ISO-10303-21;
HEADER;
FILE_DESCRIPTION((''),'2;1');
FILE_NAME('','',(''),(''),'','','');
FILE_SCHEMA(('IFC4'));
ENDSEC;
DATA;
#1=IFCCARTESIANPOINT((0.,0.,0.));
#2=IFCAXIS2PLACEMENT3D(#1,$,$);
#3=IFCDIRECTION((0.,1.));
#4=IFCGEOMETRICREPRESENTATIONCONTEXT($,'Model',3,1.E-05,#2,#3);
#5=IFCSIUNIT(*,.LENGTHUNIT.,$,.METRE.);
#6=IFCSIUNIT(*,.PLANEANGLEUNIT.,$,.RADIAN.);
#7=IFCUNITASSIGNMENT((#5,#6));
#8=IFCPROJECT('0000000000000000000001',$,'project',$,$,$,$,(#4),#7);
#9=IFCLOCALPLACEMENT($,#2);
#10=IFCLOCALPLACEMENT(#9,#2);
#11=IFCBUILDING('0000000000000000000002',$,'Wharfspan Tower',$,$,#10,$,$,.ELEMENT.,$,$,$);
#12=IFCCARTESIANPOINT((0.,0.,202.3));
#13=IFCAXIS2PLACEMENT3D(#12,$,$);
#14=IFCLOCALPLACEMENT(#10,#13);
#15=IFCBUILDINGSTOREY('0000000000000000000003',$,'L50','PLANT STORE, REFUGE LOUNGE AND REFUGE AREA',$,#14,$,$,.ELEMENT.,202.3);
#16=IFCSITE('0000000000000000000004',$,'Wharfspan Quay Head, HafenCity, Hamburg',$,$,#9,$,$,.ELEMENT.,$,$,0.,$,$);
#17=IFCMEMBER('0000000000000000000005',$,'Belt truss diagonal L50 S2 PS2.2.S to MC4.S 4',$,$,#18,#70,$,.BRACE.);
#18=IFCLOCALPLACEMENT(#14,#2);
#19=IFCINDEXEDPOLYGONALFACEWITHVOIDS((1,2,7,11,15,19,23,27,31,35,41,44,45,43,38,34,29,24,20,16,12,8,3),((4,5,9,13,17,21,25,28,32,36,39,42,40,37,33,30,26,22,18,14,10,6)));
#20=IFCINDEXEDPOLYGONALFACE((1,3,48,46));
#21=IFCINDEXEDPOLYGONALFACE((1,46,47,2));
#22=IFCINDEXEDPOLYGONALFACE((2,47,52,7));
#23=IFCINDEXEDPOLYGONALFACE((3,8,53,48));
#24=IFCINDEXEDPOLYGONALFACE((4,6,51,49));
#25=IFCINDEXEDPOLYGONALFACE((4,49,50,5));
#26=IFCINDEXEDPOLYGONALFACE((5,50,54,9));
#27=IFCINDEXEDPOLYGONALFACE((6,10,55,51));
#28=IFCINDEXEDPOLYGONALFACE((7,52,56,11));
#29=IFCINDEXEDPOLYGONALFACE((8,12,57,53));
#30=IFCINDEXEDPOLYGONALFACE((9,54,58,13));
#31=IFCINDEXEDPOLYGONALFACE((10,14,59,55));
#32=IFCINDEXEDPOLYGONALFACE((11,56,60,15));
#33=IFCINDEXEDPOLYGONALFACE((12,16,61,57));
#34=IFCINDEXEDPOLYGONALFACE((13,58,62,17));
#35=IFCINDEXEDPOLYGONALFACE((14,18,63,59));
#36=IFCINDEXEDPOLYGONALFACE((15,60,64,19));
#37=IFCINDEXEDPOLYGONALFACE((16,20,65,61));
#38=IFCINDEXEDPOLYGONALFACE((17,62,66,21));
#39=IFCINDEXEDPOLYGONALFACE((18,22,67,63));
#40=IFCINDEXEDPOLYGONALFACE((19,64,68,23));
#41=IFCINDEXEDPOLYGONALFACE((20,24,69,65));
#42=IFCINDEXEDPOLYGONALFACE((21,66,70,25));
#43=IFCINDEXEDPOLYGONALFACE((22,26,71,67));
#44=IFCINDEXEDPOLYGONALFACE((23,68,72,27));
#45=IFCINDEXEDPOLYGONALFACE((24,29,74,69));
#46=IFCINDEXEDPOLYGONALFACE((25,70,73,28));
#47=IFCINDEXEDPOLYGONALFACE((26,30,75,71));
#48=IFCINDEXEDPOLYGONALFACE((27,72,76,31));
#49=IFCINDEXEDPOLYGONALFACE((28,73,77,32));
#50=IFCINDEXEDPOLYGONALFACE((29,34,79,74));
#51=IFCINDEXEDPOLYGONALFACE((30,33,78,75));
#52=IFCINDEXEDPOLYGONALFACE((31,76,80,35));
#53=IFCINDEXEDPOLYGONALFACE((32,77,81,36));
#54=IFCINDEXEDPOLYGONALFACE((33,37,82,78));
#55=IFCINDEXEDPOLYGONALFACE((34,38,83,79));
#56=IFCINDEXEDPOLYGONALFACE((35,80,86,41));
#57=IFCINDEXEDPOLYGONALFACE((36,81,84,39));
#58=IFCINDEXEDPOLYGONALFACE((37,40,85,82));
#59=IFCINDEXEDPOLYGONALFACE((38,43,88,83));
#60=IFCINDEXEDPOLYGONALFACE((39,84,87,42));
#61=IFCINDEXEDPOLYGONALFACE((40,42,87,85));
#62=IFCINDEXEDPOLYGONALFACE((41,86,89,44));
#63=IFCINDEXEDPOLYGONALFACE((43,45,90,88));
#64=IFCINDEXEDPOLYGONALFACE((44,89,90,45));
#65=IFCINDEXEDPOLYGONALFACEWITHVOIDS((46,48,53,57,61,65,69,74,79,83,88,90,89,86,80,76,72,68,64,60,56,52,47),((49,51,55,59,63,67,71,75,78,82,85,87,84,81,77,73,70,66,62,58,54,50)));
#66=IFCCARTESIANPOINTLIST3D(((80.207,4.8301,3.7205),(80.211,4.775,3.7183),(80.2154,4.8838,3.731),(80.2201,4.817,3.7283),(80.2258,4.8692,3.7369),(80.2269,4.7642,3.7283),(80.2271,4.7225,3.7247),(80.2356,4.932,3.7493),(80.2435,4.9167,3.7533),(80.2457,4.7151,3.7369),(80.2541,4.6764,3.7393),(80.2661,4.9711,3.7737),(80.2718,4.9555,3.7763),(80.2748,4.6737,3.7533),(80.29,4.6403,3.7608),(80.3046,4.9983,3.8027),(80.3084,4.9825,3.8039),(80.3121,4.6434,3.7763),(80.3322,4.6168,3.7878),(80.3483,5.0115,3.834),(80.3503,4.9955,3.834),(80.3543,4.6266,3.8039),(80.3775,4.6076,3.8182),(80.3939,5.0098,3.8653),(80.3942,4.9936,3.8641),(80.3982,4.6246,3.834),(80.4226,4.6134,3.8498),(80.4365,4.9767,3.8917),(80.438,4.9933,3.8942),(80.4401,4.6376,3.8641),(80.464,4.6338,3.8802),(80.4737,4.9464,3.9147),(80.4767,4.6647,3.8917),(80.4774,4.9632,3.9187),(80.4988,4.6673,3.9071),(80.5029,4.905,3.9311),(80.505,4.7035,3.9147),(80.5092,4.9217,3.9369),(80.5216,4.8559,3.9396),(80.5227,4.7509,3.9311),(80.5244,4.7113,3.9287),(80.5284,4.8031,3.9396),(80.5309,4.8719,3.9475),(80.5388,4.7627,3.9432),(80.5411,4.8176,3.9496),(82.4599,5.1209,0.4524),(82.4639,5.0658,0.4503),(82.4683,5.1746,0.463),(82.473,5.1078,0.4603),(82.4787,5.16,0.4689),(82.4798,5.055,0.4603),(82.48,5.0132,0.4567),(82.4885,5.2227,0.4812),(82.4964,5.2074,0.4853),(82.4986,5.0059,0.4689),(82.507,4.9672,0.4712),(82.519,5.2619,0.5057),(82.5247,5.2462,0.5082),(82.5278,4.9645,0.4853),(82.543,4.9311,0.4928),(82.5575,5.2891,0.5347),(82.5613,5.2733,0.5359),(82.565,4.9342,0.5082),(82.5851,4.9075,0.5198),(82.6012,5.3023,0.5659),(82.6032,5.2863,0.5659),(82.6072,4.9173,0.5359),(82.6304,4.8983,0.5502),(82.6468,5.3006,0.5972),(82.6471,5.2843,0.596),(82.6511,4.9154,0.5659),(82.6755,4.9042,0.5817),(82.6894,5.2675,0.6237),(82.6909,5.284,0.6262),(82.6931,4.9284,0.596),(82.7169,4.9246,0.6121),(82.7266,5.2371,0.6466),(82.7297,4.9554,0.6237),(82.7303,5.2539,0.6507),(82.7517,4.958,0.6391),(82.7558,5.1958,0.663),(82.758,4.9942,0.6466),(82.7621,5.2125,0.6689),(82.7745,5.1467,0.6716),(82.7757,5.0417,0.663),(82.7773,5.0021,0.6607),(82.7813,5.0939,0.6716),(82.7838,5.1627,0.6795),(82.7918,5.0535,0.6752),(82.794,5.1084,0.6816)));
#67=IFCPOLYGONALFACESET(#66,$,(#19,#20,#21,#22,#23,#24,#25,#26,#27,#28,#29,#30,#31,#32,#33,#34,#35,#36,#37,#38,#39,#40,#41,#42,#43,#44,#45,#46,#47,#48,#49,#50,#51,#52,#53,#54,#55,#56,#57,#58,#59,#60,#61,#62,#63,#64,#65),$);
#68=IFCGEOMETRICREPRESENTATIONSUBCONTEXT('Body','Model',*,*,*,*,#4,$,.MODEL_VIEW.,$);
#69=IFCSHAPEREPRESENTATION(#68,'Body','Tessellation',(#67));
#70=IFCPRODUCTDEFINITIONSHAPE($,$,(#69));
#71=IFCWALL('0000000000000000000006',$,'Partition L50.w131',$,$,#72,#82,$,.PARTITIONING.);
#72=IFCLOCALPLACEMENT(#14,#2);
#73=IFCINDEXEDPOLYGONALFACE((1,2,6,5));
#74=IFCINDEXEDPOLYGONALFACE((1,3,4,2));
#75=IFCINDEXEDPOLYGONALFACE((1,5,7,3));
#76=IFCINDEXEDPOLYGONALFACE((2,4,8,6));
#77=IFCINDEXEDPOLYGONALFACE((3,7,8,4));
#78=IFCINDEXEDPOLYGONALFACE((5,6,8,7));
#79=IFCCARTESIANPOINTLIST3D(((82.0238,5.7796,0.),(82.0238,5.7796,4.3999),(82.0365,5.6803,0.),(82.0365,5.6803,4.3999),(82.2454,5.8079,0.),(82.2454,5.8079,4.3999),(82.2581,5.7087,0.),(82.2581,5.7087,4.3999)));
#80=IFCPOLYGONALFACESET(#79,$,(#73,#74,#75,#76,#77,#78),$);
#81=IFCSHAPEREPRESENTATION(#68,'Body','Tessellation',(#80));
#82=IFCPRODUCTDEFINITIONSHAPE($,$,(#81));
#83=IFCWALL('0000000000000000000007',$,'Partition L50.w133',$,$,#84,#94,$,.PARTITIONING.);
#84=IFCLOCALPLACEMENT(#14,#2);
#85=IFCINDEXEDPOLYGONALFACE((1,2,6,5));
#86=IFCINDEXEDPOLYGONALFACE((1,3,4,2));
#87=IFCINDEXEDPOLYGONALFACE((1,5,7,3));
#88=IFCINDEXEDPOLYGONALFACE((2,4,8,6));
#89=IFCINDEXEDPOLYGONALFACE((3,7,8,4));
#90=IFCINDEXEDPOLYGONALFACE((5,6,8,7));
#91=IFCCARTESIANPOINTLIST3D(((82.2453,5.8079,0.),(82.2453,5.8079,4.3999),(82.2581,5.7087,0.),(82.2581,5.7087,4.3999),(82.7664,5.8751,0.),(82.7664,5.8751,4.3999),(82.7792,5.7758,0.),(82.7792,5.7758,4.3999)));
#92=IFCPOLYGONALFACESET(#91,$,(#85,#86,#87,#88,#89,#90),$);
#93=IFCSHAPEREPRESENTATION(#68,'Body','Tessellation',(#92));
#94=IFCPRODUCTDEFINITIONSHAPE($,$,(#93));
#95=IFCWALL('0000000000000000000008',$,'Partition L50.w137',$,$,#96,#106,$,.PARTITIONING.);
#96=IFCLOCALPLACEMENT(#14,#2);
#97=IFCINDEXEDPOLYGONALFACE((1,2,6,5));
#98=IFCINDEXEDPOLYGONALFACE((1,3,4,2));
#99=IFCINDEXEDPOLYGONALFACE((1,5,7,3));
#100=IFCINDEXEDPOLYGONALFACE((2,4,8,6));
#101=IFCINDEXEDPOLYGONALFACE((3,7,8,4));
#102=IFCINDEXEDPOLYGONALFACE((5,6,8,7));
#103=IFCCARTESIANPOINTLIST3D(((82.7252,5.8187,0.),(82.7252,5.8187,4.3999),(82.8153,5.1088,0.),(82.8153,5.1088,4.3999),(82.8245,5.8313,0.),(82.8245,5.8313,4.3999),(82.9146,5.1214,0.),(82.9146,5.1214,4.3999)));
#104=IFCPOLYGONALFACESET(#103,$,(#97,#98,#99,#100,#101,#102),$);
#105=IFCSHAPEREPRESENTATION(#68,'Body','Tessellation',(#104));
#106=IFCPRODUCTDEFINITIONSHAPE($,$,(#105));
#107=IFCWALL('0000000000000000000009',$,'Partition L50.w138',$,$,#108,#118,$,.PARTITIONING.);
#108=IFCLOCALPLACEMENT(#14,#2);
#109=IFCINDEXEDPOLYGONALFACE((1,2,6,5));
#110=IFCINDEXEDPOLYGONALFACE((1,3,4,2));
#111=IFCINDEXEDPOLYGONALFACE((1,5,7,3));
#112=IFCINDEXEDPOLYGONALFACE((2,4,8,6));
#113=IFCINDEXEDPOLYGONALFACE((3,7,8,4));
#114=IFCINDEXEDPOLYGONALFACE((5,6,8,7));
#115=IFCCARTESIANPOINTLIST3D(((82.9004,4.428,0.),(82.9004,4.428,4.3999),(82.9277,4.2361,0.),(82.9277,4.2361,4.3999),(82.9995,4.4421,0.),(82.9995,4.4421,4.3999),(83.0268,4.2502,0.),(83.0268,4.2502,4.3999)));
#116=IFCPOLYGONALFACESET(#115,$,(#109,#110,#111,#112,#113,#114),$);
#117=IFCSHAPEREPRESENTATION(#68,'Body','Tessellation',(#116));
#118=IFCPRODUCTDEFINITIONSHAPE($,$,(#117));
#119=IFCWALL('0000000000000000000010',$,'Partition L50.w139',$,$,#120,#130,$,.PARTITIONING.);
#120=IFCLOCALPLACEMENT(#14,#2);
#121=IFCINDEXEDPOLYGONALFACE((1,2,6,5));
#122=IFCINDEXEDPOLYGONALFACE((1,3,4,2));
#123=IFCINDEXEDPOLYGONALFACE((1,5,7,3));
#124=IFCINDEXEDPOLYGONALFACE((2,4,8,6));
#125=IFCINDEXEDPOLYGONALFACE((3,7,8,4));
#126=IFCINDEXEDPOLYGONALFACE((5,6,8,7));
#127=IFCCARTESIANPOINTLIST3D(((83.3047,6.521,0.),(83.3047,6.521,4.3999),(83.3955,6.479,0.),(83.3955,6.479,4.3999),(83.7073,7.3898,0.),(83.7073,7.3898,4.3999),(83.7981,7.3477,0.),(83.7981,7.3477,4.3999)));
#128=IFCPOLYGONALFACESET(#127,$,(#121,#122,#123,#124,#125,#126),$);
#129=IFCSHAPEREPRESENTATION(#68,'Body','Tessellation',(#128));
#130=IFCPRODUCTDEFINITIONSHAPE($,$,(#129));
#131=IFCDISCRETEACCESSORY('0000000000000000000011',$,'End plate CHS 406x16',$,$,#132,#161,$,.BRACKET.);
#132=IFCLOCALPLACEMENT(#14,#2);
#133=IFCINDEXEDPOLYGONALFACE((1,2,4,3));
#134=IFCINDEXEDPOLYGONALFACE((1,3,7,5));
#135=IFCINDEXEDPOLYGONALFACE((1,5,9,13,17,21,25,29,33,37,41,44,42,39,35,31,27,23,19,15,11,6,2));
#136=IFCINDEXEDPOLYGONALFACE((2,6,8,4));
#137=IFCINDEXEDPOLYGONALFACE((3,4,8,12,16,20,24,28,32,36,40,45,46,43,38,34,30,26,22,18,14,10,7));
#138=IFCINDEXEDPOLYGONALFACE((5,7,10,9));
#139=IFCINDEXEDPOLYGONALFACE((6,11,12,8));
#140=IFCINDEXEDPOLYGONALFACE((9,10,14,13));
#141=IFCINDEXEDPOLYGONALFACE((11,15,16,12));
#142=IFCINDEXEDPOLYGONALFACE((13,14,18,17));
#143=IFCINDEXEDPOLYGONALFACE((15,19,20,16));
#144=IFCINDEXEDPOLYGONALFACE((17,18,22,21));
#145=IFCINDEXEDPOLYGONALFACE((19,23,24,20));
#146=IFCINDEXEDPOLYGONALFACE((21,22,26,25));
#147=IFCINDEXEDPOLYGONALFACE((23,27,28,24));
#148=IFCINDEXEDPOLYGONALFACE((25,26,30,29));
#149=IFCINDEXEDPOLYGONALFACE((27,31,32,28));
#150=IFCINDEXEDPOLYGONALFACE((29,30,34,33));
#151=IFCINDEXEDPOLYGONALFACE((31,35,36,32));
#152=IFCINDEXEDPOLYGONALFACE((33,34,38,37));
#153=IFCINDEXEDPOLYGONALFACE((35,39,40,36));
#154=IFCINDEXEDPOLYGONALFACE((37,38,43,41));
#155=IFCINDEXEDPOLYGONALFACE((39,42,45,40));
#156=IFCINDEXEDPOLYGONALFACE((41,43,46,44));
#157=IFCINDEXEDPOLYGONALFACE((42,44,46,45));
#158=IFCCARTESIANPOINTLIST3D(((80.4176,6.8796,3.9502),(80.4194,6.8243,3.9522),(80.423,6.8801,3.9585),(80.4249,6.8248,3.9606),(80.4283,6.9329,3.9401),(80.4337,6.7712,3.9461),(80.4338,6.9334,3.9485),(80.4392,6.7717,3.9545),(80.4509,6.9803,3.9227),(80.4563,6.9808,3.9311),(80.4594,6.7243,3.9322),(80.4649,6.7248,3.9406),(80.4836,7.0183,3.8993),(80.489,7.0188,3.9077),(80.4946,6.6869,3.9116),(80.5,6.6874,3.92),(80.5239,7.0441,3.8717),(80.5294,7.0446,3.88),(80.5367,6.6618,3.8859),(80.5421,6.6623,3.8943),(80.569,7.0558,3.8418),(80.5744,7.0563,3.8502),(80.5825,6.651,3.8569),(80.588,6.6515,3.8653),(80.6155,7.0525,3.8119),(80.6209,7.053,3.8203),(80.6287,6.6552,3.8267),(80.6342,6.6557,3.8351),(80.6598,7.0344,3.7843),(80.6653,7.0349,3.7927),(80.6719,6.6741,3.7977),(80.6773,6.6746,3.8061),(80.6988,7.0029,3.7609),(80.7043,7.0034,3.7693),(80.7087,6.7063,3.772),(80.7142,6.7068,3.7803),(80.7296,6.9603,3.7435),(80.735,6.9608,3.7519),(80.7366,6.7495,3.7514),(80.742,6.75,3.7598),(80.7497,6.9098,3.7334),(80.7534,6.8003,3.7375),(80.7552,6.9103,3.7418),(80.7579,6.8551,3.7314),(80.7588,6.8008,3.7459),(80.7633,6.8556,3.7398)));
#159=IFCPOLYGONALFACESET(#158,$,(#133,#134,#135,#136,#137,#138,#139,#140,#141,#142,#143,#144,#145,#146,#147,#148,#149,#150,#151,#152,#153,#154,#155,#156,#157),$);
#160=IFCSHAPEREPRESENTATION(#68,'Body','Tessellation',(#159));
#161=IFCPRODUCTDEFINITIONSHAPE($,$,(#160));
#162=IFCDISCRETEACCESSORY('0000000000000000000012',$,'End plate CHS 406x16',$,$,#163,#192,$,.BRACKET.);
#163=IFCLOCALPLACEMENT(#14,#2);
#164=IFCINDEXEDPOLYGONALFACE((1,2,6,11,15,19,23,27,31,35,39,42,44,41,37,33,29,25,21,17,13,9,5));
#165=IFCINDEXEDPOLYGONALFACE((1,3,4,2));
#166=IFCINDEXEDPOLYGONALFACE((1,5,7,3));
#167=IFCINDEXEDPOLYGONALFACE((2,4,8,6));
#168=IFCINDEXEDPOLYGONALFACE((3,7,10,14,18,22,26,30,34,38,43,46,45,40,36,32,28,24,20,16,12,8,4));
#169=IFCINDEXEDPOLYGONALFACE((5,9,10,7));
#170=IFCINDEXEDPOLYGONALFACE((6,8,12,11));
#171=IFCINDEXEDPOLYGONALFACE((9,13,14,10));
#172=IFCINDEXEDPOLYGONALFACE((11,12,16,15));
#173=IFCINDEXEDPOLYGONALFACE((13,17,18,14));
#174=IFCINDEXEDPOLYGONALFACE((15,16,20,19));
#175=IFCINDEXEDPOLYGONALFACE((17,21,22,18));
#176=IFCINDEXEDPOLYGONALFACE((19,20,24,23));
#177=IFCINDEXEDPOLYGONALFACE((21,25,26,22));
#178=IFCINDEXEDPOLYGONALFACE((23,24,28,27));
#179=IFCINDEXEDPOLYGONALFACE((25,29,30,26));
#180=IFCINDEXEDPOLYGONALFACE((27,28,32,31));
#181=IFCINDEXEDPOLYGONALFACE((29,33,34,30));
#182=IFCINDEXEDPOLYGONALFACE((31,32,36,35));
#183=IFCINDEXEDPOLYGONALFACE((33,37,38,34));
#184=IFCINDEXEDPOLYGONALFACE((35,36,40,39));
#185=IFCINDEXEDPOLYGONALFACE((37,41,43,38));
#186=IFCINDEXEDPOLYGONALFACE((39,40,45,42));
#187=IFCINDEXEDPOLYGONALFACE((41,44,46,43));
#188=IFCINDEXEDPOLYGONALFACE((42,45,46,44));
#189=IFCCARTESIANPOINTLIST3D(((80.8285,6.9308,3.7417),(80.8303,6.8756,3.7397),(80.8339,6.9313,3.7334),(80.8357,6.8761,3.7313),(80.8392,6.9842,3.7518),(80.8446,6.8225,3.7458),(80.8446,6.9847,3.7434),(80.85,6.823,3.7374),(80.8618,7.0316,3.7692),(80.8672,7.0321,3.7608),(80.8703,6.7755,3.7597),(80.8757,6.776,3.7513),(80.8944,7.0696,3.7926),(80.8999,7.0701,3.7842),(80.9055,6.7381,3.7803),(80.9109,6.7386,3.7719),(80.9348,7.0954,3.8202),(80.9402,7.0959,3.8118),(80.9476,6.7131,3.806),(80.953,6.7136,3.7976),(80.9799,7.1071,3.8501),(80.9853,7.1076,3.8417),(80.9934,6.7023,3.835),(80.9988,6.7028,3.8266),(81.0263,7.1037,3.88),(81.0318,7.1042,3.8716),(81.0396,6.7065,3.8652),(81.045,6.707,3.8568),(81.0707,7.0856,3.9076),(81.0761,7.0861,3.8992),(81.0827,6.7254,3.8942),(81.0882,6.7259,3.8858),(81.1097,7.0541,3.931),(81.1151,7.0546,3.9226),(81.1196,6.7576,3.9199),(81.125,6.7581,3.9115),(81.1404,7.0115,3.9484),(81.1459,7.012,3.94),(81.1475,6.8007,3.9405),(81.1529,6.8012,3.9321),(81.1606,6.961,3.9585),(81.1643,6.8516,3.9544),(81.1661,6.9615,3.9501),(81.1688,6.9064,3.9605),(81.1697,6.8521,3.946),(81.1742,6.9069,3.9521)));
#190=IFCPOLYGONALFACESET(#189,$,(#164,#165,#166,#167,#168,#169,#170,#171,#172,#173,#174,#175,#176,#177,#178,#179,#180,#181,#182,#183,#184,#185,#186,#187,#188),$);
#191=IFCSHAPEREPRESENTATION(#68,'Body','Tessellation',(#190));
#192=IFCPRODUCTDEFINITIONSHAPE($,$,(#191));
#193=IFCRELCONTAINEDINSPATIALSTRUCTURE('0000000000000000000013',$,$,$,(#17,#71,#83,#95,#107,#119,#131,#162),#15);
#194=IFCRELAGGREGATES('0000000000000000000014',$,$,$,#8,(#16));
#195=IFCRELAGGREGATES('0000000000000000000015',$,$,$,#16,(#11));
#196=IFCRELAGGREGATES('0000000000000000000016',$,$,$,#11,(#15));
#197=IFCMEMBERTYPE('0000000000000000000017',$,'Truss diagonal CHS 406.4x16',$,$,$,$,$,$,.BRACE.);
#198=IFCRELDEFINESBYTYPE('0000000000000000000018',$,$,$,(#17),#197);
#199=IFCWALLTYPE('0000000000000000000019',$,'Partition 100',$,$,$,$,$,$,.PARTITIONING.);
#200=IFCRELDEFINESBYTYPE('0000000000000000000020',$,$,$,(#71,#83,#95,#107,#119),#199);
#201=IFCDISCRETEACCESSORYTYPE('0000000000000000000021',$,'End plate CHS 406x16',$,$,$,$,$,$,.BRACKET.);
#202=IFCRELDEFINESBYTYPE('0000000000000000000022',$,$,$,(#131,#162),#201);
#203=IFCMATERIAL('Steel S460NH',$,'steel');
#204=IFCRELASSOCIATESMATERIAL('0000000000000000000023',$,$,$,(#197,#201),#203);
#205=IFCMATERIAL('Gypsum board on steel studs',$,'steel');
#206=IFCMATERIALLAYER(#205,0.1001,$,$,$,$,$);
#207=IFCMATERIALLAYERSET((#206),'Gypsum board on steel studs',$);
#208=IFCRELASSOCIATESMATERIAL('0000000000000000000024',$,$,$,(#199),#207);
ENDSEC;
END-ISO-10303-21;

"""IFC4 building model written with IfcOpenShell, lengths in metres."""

from ifc_helpers import new_model, si_unit, direction, frame, frame_2d, origin, origin_2d, place, context, subcontext, project, spatial, rectangle, circle, hollow_circle, extrude, material, layer, layer_set, material_profile, profile_set, type_object, element, save


model = new_model("IFC4")

# Units and contexts
model_context = context("Model", 3, precision=1e-05, world=origin(), true_north=direction((0.0, 1.0)))
body_context = subcontext(model_context, "Body", "Model", "MODEL_VIEW")
ifc_project = project(units=[si_unit("LENGTHUNIT", "METRE"), si_unit("PLANEANGLEUNIT", "RADIAN")], contexts=[model_context])

# Site, building, storey
site_placement = place(None, origin())
site = spatial("IfcSite", under=ifc_project, at=site_placement, Name="Wharfspan Quay Head, HafenCity, Hamburg", CompositionType="ELEMENT", RefElevation=0.0)
building_placement = place(site_placement, origin())
building = spatial("IfcBuilding", under=site, at=building_placement, Name="Wharfspan Tower", CompositionType="ELEMENT")
storey_placement = place(building_placement, frame((0.0, 0.0, 202.3)))
storey = spatial("IfcBuildingStorey", under=building, at=storey_placement, Name="L50", Description="PLANT STORE, REFUGE LOUNGE AND REFUGE AREA", CompositionType="ELEMENT", Elevation=202.3)

# Member
ifc_material_1 = material(Name="Steel S460NH", Category="steel")
ifc_material_profile_1 = material_profile(ifc_material_1, hollow_circle(Radius=0.2031, WallThickness=0.0161, at=origin_2d()))
ifc_profile_set_1 = profile_set([ifc_material_profile_1], Name="Steel S460NH")
member_type_1 = type_object("IfcMemberType", Name="Truss diagonal CHS 406.4x16", PredefinedType="BRACE", material=ifc_profile_set_1)
member_1_placement = place(storey_placement, frame((80.3743, 4.8101, 3.834), z_axis=(0.566061, 0.073058, -0.82112), x_axis=(-0.127999, 0.991772, 0.000002)))
element("IfcMember", 1, at=member_1_placement, inside=storey, type_object=member_type_1, Name="Belt truss diagonal L50 S2 PS2.2.S to MC4.S 4", PredefinedType="BRACE", context=body_context, shape_type="SweptSolid", body=[
    extrude(hollow_circle(Radius=0.2031, WallThickness=0.0161, at=origin_2d()), origin(), (0.0, 0.0, 1.0), 3.98),
])

# Walls
ifc_material_2 = material(Name="Gypsum board on steel studs", Category="steel")
ifc_layer = layer(ifc_material_2, 0.1001)
ifc_layer_set = layer_set([ifc_layer], Name="Gypsum board on steel studs")
wall_type = type_object("IfcWallType", Name="Partition 100", PredefinedType="PARTITIONING", material=ifc_layer_set)
wall_1_placement = place(storey_placement, frame((82.03, 5.73, 0.0), z_axis=(0.0, 0.0, 1.0), x_axis=(0.991935, 0.126723, 0.0)))
element("IfcWall", 2, at=wall_1_placement, inside=storey, type_object=wall_type, Name="Partition L50.w131", PredefinedType="PARTITIONING", context=body_context, shape_type="SweptSolid", body=[
    extrude(rectangle(XDim=0.2234, YDim=0.1001, at=frame_2d((0.1118, 0.0))), origin(), (0.0, 0.0, 1.0), 4.3999),
])
wall_2_placement = place(storey_placement, frame((82.2517, 5.7583, 0.0), z_axis=(0.0, 0.0, 1.0), x_axis=(0.991798, 0.127809, 0.0)))
element("IfcWall", 3, at=wall_2_placement, inside=storey, type_object=wall_type, Name="Partition L50.w133", PredefinedType="PARTITIONING", context=body_context, shape_type="SweptSolid", body=[
    extrude(rectangle(XDim=0.5254, YDim=0.1001, at=frame_2d((0.2627, 0.0))), origin(), (0.0, 0.0, 1.0), 4.3999),
])
wall_3_placement = place(storey_placement, frame((82.865, 5.115, 0.0), z_axis=(0.0, 0.0, 1.0), x_axis=(-0.125882, 0.992046, 0.0)))
element("IfcWall", 4, at=wall_3_placement, inside=storey, type_object=wall_type, Name="Partition L50.w137", PredefinedType="PARTITIONING", context=body_context, shape_type="SweptSolid", body=[
    extrude(rectangle(XDim=0.7156, YDim=0.1001, at=frame_2d((0.3579, 0.0))), origin(), (0.0, 0.0, 1.0), 4.3999),
])
wall_4_placement = place(storey_placement, frame((82.9773, 4.2432, 0.0), z_axis=(0.0, 0.0, 1.0), x_axis=(-0.141069, 0.990002, 0.0)))
element("IfcWall", 5, at=wall_4_placement, inside=storey, type_object=wall_type, Name="Partition L50.w138", PredefinedType="PARTITIONING", context=body_context, shape_type="SweptSolid", body=[
    extrude(rectangle(XDim=0.1938, YDim=0.1001, at=frame_2d((0.0969, 0.0))), origin(), (0.0, 0.0, 1.0), 4.3999),
])
wall_5_placement = place(storey_placement, frame((83.3501, 6.5, 0.0), z_axis=(0.0, 0.0, 1.0), x_axis=(0.420495, 0.90729, 0.0)))
element("IfcWall", 6, at=wall_5_placement, inside=storey, type_object=wall_type, Name="Partition L50.w139", PredefinedType="PARTITIONING", context=body_context, shape_type="SweptSolid", body=[
    extrude(rectangle(XDim=0.9575, YDim=0.1001, at=frame_2d((0.4788, 0.0))), origin(), (0.0, 0.0, 1.0), 4.3999),
])

# Discrete accessories
ifc_material_profile_2 = material_profile(ifc_material_1, circle(Radius=0.2031, at=origin_2d()))
ifc_profile_set_2 = profile_set([ifc_material_profile_2], Name="Steel S460NH")
discrete_accessory_type_1 = type_object("IfcDiscreteAccessoryType", Name="End plate CHS 406x16", PredefinedType="BRACKET", material=ifc_profile_set_2)
for number, where, z_axis, x_axis, name in (
    (7, (80.5874, 6.8535, 3.8418), (0.54259, 0.049326, 0.838548), (-0.090535, 0.995892, 0.0), "End plate CHS 406x16"),
    (8, (80.9983, 6.9048, 3.8501), (0.54259, 0.049326, -0.838548), (-0.090535, 0.995892, 0.0), "End plate CHS 406x16"),
):
    element("IfcDiscreteAccessory", number, at=place(storey_placement, frame(where, z_axis=z_axis, x_axis=x_axis)), inside=storey, type_object=discrete_accessory_type_1, Name=name, PredefinedType="BRACKET", context=body_context, shape_type="SweptSolid", body=[
        extrude(circle(Radius=0.2031, at=origin_2d()), origin(), (0.0, 0.0, 1.0), 0.01),
    ])

save(model, "model.ifc")
